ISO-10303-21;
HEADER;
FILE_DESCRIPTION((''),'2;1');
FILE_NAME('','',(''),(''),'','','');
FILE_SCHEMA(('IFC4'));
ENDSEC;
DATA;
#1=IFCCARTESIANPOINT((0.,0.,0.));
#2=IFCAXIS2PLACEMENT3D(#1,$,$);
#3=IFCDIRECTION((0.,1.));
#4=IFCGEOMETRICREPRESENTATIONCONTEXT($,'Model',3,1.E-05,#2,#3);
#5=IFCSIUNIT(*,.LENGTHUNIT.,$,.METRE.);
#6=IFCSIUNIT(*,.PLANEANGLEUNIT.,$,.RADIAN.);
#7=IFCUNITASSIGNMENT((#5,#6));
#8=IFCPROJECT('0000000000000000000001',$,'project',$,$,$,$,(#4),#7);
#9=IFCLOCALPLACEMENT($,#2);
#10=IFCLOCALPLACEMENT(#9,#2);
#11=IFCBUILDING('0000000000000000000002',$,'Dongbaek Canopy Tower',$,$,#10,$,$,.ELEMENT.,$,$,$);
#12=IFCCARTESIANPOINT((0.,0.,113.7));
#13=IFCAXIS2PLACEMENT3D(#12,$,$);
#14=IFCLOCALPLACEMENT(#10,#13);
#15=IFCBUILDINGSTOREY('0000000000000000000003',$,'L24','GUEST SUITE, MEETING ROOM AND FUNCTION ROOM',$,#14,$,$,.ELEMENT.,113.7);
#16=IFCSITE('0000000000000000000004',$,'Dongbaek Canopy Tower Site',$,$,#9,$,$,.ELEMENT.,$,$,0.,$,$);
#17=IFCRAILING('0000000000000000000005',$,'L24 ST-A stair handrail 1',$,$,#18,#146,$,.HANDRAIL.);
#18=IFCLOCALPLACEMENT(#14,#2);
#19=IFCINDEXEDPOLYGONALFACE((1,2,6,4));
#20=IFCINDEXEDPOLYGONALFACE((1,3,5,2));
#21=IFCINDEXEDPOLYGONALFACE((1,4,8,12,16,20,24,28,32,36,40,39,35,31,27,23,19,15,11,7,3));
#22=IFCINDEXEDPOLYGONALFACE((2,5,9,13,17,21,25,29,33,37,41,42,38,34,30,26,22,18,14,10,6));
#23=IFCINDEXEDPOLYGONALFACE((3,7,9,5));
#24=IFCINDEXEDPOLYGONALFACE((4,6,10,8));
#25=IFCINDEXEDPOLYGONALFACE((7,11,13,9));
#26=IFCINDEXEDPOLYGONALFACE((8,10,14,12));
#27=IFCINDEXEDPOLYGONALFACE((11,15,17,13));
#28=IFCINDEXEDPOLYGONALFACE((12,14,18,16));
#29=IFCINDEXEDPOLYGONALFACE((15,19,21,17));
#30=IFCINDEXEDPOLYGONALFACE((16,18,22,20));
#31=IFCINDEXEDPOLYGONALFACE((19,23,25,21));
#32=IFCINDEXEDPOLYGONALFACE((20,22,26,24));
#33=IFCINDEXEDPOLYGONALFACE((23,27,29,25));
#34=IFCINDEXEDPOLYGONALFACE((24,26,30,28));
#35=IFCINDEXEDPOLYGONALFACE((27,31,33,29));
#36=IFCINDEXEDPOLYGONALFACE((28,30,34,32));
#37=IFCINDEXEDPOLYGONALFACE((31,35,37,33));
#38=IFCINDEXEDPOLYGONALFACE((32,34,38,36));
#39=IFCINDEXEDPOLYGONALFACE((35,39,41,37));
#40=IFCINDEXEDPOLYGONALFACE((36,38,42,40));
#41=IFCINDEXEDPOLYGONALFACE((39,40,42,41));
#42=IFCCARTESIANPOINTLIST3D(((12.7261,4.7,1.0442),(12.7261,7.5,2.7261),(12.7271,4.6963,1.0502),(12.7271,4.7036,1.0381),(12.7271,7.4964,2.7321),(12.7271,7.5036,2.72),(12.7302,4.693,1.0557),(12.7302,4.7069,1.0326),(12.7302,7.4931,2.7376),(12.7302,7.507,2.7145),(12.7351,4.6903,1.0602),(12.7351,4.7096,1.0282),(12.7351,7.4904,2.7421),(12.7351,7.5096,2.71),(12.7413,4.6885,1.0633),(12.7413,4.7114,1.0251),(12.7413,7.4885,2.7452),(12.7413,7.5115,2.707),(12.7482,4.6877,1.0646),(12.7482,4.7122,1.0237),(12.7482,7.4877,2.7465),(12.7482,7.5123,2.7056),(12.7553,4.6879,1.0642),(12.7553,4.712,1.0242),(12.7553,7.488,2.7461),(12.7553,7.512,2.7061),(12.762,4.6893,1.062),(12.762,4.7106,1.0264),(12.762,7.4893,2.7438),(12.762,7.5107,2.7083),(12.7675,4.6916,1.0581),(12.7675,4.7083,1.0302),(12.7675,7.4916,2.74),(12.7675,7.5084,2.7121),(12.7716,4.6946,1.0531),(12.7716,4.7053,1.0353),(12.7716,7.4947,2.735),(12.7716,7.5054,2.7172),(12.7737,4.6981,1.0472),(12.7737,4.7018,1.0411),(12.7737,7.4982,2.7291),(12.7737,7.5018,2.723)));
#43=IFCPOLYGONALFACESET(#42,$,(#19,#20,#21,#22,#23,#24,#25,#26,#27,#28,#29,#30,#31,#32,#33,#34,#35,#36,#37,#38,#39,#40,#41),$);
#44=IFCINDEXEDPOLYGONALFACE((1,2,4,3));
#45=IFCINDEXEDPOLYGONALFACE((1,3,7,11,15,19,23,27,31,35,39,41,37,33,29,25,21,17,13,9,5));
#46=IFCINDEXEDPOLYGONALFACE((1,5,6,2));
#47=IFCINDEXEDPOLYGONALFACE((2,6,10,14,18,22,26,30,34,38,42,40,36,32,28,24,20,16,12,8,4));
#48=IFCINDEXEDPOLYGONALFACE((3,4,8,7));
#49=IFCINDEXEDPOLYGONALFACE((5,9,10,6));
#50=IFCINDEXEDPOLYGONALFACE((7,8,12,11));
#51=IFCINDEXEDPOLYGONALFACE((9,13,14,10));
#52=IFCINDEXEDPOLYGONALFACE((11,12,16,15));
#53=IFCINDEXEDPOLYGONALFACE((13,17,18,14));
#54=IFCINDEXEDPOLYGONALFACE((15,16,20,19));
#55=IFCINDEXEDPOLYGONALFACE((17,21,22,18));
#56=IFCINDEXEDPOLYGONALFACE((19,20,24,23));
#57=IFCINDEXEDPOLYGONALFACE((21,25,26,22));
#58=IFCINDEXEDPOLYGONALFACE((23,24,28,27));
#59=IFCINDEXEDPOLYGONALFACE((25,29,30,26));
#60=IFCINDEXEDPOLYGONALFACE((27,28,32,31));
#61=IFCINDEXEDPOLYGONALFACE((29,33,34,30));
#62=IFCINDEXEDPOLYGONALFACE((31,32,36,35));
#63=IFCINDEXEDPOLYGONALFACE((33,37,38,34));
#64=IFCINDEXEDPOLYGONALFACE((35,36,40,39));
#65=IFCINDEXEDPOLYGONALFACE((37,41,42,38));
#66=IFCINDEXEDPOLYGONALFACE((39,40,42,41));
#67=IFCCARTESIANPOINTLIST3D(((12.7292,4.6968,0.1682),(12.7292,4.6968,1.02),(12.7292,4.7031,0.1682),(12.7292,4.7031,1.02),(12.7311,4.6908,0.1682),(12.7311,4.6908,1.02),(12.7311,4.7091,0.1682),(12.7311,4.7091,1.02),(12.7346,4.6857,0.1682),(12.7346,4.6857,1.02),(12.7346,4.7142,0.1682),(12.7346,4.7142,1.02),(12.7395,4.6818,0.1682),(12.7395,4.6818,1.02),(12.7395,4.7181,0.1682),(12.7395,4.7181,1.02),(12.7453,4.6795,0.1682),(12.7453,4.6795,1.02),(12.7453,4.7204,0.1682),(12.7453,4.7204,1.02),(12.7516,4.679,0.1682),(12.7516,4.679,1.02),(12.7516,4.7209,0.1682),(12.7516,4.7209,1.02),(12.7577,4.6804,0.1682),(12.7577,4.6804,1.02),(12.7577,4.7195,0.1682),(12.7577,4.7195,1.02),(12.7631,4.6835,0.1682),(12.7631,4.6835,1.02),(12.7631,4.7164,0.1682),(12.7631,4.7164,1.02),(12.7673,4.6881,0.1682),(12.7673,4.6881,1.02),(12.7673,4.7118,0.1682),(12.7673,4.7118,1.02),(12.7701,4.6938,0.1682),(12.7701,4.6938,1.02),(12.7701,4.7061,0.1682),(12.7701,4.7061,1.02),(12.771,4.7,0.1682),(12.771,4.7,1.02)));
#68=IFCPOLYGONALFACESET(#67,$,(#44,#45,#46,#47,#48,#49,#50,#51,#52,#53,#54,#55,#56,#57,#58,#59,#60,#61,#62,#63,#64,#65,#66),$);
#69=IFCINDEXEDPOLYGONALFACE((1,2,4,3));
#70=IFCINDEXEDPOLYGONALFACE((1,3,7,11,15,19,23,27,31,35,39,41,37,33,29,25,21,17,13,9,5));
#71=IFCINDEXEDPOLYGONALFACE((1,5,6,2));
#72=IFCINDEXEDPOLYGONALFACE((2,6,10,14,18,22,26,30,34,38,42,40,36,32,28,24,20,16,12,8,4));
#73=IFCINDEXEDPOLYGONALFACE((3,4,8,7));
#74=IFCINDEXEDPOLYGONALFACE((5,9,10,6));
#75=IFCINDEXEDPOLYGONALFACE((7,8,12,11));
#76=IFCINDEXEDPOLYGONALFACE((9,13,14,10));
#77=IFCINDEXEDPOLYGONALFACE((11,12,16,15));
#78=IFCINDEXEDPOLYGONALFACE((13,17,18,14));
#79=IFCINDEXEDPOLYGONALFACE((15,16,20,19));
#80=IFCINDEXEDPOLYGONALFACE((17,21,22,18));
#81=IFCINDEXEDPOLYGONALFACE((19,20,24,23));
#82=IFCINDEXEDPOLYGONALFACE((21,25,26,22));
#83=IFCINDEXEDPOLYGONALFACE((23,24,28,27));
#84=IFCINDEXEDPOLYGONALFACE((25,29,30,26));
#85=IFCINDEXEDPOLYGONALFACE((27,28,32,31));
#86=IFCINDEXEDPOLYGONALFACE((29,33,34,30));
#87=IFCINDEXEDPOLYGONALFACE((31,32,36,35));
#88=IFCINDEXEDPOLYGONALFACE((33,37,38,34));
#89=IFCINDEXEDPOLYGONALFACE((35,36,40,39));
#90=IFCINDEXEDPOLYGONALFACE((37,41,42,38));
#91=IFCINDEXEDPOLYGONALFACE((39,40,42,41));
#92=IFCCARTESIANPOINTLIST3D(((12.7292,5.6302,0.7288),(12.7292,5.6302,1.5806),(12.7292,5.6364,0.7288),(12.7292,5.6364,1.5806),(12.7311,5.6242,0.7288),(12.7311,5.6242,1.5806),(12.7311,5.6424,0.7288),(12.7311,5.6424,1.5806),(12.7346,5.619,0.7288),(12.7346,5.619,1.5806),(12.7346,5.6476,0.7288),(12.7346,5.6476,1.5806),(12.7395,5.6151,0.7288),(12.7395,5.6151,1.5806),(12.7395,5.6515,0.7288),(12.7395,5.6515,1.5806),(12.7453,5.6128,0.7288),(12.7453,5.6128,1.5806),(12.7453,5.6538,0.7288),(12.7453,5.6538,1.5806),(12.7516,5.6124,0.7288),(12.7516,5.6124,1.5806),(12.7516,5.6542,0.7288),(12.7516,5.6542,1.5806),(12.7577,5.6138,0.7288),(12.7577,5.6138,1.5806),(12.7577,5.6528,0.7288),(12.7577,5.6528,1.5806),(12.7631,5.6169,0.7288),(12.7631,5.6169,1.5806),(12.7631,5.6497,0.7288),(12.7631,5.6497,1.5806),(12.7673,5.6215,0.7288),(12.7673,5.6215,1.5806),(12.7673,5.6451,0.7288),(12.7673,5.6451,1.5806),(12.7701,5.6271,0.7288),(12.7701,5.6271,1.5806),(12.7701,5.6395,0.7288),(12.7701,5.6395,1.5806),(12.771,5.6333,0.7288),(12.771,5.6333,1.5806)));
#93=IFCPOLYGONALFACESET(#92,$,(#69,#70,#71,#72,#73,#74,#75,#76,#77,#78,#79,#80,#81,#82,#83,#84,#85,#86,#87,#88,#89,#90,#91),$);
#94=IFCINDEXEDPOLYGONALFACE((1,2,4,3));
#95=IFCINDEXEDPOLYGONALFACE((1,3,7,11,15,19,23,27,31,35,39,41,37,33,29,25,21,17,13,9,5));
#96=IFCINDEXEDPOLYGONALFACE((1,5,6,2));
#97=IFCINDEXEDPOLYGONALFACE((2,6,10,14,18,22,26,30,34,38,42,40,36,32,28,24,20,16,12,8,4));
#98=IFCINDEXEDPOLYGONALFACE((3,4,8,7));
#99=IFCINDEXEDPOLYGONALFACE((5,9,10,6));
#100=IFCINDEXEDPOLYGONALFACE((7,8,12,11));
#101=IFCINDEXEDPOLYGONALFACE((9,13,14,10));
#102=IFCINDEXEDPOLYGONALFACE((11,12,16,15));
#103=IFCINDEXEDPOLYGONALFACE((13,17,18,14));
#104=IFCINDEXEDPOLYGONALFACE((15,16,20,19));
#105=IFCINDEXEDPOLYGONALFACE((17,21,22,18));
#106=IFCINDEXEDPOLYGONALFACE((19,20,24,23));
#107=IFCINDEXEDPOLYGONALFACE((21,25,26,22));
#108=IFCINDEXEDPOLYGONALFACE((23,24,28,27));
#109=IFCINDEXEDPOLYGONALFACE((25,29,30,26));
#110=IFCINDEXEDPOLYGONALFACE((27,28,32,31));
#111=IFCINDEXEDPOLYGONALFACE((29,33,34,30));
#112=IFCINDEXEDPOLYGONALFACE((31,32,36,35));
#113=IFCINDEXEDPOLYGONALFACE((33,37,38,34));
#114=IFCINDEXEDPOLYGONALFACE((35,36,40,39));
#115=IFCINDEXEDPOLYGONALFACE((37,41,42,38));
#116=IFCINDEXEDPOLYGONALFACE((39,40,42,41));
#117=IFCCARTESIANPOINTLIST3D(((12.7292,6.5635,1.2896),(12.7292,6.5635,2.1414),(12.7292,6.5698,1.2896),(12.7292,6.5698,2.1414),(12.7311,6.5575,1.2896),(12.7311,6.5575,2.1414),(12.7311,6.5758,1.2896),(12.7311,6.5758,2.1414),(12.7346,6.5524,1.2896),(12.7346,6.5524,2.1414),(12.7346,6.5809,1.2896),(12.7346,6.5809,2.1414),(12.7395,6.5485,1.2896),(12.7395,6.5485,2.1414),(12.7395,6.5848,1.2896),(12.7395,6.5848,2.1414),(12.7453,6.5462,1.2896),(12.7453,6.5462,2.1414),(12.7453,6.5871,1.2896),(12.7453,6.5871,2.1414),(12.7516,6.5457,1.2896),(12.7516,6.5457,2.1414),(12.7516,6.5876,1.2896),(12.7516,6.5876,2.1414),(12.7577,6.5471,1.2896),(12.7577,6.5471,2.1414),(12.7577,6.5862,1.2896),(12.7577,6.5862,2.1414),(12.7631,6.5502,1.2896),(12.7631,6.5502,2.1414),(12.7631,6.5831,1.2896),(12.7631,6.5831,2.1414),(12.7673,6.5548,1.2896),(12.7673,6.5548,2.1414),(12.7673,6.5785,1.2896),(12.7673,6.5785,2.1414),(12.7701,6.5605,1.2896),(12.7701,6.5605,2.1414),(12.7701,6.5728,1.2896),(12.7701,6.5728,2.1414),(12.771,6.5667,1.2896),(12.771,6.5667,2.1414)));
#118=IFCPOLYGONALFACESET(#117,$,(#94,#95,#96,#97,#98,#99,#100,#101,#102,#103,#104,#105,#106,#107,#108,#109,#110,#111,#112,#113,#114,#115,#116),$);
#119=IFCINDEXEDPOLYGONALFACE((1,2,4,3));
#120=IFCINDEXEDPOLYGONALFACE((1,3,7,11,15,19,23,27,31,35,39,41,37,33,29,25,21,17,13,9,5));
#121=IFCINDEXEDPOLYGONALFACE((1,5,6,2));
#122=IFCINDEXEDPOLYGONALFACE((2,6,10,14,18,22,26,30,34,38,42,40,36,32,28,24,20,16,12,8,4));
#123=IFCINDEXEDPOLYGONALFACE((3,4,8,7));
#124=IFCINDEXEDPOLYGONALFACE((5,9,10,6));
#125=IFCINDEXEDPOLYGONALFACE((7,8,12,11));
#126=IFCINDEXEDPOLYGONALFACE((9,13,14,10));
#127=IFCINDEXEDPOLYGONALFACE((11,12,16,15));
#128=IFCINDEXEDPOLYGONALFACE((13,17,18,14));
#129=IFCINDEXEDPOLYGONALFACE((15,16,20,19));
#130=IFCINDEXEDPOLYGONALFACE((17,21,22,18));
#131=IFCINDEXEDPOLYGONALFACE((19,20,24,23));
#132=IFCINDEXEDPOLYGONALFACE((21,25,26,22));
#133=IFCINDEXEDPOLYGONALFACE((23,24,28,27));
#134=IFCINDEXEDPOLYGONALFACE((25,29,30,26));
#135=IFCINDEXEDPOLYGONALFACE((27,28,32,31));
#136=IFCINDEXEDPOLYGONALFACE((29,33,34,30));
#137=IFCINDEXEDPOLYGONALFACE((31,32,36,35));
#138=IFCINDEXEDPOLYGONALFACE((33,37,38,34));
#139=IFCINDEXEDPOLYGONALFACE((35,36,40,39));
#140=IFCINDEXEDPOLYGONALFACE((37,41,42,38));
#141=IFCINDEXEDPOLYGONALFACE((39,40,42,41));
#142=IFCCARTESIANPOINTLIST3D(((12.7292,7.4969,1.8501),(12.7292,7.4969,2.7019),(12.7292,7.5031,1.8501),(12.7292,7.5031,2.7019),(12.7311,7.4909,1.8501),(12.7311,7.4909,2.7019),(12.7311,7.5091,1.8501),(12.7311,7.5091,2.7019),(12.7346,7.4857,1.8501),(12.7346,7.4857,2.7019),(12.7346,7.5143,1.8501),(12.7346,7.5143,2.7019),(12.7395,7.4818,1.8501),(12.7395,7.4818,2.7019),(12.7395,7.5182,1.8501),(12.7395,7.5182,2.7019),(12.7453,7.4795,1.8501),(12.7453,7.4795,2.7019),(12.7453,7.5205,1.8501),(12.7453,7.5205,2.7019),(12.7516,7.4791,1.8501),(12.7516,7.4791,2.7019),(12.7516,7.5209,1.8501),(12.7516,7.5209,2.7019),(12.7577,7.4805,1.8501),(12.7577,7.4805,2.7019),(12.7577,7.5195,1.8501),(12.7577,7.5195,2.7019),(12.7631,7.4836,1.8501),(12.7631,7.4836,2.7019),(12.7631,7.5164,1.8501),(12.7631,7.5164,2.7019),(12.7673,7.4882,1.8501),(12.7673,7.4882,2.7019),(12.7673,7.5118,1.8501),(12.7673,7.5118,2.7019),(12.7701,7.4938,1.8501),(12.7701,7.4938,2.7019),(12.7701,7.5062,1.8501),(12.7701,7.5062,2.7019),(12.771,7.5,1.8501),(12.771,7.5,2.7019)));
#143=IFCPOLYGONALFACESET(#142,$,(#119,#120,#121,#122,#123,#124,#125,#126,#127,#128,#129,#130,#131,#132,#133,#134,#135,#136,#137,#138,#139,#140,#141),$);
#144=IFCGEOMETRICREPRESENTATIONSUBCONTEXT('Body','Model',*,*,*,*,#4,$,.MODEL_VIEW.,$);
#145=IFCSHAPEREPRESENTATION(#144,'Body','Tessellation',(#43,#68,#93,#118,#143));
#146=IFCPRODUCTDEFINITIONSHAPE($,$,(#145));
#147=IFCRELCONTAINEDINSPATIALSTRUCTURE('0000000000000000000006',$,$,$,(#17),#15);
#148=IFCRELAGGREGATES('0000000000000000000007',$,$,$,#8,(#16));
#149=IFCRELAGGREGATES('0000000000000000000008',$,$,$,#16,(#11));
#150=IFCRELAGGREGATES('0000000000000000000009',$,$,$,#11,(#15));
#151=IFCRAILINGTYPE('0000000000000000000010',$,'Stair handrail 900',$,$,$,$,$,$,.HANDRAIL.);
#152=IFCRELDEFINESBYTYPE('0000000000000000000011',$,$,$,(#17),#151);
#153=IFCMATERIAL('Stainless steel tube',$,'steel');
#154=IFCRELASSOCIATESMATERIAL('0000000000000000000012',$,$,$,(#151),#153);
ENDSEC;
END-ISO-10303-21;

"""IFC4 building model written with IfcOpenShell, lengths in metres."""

from ifc_helpers import new_model, si_unit, direction, frame, origin, origin_2d, place, context, subcontext, project, spatial, circle, extrude, material, type_object, element, save


model = new_model("IFC4")

# Units and contexts
model_context = context("Model", 3, precision=1e-05, world=origin(), true_north=direction((0.0, 1.0)))
body_context = subcontext(model_context, "Body", "Model", "MODEL_VIEW")
ifc_project = project(units=[si_unit("LENGTHUNIT", "METRE"), si_unit("PLANEANGLEUNIT", "RADIAN")], contexts=[model_context])

# Site, building, storey
site_placement = place(None, origin())
site = spatial("IfcSite", under=ifc_project, at=site_placement, Name="Dongbaek Canopy Tower Site", CompositionType="ELEMENT", RefElevation=0.0)
building_placement = place(site_placement, origin())
building = spatial("IfcBuilding", under=site, at=building_placement, Name="Dongbaek Canopy Tower", CompositionType="ELEMENT")
storey_placement = place(building_placement, frame((0.0, 0.0, 113.7)))
storey = spatial("IfcBuildingStorey", under=building, at=storey_placement, Name="L24", Description="GUEST SUITE, MEETING ROOM AND FUNCTION ROOM", CompositionType="ELEMENT", Elevation=113.7)

# Railing
ifc_material_1 = material(Name="Stainless steel tube", Category="steel")
railing_type_1 = type_object("IfcRailingType", Name="Stair handrail 900", PredefinedType="HANDRAIL", material=ifc_material_1)
railing_1_placement = place(storey_placement, frame((12.75, 4.7, 0.1682)))
element("IfcRailing", 1, at=railing_1_placement, inside=storey, type_object=railing_type_1, Name="L24 ST-A stair handrail 1", PredefinedType="HANDRAIL", context=body_context, shape_type="SweptSolid", body=[
    extrude(circle(Radius=0.0239, at=origin_2d()), frame((0.0, 0.0, 0.876), z_axis=(0.0, 0.857242, 0.514913), x_axis=(-1.0, 0.0, 0.0)), (0.0, 0.0, 1.0), 3.2664),
    extrude(circle(Radius=0.021, at=origin_2d()), origin(), (0.0, 0.0, 1.0), 0.8518),
    extrude(circle(Radius=0.021, at=origin_2d()), frame((0.0, 0.9333, 0.5605)), (0.0, 0.0, 1.0), 0.8518),
    extrude(circle(Radius=0.021, at=origin_2d()), frame((0.0, 1.8667, 1.1213)), (0.0, 0.0, 1.0), 0.8518),
    extrude(circle(Radius=0.021, at=origin_2d()), frame((0.0, 2.8, 1.6819)), (0.0, 0.0, 1.0), 0.8518),
])

save(model, "model.ifc")
